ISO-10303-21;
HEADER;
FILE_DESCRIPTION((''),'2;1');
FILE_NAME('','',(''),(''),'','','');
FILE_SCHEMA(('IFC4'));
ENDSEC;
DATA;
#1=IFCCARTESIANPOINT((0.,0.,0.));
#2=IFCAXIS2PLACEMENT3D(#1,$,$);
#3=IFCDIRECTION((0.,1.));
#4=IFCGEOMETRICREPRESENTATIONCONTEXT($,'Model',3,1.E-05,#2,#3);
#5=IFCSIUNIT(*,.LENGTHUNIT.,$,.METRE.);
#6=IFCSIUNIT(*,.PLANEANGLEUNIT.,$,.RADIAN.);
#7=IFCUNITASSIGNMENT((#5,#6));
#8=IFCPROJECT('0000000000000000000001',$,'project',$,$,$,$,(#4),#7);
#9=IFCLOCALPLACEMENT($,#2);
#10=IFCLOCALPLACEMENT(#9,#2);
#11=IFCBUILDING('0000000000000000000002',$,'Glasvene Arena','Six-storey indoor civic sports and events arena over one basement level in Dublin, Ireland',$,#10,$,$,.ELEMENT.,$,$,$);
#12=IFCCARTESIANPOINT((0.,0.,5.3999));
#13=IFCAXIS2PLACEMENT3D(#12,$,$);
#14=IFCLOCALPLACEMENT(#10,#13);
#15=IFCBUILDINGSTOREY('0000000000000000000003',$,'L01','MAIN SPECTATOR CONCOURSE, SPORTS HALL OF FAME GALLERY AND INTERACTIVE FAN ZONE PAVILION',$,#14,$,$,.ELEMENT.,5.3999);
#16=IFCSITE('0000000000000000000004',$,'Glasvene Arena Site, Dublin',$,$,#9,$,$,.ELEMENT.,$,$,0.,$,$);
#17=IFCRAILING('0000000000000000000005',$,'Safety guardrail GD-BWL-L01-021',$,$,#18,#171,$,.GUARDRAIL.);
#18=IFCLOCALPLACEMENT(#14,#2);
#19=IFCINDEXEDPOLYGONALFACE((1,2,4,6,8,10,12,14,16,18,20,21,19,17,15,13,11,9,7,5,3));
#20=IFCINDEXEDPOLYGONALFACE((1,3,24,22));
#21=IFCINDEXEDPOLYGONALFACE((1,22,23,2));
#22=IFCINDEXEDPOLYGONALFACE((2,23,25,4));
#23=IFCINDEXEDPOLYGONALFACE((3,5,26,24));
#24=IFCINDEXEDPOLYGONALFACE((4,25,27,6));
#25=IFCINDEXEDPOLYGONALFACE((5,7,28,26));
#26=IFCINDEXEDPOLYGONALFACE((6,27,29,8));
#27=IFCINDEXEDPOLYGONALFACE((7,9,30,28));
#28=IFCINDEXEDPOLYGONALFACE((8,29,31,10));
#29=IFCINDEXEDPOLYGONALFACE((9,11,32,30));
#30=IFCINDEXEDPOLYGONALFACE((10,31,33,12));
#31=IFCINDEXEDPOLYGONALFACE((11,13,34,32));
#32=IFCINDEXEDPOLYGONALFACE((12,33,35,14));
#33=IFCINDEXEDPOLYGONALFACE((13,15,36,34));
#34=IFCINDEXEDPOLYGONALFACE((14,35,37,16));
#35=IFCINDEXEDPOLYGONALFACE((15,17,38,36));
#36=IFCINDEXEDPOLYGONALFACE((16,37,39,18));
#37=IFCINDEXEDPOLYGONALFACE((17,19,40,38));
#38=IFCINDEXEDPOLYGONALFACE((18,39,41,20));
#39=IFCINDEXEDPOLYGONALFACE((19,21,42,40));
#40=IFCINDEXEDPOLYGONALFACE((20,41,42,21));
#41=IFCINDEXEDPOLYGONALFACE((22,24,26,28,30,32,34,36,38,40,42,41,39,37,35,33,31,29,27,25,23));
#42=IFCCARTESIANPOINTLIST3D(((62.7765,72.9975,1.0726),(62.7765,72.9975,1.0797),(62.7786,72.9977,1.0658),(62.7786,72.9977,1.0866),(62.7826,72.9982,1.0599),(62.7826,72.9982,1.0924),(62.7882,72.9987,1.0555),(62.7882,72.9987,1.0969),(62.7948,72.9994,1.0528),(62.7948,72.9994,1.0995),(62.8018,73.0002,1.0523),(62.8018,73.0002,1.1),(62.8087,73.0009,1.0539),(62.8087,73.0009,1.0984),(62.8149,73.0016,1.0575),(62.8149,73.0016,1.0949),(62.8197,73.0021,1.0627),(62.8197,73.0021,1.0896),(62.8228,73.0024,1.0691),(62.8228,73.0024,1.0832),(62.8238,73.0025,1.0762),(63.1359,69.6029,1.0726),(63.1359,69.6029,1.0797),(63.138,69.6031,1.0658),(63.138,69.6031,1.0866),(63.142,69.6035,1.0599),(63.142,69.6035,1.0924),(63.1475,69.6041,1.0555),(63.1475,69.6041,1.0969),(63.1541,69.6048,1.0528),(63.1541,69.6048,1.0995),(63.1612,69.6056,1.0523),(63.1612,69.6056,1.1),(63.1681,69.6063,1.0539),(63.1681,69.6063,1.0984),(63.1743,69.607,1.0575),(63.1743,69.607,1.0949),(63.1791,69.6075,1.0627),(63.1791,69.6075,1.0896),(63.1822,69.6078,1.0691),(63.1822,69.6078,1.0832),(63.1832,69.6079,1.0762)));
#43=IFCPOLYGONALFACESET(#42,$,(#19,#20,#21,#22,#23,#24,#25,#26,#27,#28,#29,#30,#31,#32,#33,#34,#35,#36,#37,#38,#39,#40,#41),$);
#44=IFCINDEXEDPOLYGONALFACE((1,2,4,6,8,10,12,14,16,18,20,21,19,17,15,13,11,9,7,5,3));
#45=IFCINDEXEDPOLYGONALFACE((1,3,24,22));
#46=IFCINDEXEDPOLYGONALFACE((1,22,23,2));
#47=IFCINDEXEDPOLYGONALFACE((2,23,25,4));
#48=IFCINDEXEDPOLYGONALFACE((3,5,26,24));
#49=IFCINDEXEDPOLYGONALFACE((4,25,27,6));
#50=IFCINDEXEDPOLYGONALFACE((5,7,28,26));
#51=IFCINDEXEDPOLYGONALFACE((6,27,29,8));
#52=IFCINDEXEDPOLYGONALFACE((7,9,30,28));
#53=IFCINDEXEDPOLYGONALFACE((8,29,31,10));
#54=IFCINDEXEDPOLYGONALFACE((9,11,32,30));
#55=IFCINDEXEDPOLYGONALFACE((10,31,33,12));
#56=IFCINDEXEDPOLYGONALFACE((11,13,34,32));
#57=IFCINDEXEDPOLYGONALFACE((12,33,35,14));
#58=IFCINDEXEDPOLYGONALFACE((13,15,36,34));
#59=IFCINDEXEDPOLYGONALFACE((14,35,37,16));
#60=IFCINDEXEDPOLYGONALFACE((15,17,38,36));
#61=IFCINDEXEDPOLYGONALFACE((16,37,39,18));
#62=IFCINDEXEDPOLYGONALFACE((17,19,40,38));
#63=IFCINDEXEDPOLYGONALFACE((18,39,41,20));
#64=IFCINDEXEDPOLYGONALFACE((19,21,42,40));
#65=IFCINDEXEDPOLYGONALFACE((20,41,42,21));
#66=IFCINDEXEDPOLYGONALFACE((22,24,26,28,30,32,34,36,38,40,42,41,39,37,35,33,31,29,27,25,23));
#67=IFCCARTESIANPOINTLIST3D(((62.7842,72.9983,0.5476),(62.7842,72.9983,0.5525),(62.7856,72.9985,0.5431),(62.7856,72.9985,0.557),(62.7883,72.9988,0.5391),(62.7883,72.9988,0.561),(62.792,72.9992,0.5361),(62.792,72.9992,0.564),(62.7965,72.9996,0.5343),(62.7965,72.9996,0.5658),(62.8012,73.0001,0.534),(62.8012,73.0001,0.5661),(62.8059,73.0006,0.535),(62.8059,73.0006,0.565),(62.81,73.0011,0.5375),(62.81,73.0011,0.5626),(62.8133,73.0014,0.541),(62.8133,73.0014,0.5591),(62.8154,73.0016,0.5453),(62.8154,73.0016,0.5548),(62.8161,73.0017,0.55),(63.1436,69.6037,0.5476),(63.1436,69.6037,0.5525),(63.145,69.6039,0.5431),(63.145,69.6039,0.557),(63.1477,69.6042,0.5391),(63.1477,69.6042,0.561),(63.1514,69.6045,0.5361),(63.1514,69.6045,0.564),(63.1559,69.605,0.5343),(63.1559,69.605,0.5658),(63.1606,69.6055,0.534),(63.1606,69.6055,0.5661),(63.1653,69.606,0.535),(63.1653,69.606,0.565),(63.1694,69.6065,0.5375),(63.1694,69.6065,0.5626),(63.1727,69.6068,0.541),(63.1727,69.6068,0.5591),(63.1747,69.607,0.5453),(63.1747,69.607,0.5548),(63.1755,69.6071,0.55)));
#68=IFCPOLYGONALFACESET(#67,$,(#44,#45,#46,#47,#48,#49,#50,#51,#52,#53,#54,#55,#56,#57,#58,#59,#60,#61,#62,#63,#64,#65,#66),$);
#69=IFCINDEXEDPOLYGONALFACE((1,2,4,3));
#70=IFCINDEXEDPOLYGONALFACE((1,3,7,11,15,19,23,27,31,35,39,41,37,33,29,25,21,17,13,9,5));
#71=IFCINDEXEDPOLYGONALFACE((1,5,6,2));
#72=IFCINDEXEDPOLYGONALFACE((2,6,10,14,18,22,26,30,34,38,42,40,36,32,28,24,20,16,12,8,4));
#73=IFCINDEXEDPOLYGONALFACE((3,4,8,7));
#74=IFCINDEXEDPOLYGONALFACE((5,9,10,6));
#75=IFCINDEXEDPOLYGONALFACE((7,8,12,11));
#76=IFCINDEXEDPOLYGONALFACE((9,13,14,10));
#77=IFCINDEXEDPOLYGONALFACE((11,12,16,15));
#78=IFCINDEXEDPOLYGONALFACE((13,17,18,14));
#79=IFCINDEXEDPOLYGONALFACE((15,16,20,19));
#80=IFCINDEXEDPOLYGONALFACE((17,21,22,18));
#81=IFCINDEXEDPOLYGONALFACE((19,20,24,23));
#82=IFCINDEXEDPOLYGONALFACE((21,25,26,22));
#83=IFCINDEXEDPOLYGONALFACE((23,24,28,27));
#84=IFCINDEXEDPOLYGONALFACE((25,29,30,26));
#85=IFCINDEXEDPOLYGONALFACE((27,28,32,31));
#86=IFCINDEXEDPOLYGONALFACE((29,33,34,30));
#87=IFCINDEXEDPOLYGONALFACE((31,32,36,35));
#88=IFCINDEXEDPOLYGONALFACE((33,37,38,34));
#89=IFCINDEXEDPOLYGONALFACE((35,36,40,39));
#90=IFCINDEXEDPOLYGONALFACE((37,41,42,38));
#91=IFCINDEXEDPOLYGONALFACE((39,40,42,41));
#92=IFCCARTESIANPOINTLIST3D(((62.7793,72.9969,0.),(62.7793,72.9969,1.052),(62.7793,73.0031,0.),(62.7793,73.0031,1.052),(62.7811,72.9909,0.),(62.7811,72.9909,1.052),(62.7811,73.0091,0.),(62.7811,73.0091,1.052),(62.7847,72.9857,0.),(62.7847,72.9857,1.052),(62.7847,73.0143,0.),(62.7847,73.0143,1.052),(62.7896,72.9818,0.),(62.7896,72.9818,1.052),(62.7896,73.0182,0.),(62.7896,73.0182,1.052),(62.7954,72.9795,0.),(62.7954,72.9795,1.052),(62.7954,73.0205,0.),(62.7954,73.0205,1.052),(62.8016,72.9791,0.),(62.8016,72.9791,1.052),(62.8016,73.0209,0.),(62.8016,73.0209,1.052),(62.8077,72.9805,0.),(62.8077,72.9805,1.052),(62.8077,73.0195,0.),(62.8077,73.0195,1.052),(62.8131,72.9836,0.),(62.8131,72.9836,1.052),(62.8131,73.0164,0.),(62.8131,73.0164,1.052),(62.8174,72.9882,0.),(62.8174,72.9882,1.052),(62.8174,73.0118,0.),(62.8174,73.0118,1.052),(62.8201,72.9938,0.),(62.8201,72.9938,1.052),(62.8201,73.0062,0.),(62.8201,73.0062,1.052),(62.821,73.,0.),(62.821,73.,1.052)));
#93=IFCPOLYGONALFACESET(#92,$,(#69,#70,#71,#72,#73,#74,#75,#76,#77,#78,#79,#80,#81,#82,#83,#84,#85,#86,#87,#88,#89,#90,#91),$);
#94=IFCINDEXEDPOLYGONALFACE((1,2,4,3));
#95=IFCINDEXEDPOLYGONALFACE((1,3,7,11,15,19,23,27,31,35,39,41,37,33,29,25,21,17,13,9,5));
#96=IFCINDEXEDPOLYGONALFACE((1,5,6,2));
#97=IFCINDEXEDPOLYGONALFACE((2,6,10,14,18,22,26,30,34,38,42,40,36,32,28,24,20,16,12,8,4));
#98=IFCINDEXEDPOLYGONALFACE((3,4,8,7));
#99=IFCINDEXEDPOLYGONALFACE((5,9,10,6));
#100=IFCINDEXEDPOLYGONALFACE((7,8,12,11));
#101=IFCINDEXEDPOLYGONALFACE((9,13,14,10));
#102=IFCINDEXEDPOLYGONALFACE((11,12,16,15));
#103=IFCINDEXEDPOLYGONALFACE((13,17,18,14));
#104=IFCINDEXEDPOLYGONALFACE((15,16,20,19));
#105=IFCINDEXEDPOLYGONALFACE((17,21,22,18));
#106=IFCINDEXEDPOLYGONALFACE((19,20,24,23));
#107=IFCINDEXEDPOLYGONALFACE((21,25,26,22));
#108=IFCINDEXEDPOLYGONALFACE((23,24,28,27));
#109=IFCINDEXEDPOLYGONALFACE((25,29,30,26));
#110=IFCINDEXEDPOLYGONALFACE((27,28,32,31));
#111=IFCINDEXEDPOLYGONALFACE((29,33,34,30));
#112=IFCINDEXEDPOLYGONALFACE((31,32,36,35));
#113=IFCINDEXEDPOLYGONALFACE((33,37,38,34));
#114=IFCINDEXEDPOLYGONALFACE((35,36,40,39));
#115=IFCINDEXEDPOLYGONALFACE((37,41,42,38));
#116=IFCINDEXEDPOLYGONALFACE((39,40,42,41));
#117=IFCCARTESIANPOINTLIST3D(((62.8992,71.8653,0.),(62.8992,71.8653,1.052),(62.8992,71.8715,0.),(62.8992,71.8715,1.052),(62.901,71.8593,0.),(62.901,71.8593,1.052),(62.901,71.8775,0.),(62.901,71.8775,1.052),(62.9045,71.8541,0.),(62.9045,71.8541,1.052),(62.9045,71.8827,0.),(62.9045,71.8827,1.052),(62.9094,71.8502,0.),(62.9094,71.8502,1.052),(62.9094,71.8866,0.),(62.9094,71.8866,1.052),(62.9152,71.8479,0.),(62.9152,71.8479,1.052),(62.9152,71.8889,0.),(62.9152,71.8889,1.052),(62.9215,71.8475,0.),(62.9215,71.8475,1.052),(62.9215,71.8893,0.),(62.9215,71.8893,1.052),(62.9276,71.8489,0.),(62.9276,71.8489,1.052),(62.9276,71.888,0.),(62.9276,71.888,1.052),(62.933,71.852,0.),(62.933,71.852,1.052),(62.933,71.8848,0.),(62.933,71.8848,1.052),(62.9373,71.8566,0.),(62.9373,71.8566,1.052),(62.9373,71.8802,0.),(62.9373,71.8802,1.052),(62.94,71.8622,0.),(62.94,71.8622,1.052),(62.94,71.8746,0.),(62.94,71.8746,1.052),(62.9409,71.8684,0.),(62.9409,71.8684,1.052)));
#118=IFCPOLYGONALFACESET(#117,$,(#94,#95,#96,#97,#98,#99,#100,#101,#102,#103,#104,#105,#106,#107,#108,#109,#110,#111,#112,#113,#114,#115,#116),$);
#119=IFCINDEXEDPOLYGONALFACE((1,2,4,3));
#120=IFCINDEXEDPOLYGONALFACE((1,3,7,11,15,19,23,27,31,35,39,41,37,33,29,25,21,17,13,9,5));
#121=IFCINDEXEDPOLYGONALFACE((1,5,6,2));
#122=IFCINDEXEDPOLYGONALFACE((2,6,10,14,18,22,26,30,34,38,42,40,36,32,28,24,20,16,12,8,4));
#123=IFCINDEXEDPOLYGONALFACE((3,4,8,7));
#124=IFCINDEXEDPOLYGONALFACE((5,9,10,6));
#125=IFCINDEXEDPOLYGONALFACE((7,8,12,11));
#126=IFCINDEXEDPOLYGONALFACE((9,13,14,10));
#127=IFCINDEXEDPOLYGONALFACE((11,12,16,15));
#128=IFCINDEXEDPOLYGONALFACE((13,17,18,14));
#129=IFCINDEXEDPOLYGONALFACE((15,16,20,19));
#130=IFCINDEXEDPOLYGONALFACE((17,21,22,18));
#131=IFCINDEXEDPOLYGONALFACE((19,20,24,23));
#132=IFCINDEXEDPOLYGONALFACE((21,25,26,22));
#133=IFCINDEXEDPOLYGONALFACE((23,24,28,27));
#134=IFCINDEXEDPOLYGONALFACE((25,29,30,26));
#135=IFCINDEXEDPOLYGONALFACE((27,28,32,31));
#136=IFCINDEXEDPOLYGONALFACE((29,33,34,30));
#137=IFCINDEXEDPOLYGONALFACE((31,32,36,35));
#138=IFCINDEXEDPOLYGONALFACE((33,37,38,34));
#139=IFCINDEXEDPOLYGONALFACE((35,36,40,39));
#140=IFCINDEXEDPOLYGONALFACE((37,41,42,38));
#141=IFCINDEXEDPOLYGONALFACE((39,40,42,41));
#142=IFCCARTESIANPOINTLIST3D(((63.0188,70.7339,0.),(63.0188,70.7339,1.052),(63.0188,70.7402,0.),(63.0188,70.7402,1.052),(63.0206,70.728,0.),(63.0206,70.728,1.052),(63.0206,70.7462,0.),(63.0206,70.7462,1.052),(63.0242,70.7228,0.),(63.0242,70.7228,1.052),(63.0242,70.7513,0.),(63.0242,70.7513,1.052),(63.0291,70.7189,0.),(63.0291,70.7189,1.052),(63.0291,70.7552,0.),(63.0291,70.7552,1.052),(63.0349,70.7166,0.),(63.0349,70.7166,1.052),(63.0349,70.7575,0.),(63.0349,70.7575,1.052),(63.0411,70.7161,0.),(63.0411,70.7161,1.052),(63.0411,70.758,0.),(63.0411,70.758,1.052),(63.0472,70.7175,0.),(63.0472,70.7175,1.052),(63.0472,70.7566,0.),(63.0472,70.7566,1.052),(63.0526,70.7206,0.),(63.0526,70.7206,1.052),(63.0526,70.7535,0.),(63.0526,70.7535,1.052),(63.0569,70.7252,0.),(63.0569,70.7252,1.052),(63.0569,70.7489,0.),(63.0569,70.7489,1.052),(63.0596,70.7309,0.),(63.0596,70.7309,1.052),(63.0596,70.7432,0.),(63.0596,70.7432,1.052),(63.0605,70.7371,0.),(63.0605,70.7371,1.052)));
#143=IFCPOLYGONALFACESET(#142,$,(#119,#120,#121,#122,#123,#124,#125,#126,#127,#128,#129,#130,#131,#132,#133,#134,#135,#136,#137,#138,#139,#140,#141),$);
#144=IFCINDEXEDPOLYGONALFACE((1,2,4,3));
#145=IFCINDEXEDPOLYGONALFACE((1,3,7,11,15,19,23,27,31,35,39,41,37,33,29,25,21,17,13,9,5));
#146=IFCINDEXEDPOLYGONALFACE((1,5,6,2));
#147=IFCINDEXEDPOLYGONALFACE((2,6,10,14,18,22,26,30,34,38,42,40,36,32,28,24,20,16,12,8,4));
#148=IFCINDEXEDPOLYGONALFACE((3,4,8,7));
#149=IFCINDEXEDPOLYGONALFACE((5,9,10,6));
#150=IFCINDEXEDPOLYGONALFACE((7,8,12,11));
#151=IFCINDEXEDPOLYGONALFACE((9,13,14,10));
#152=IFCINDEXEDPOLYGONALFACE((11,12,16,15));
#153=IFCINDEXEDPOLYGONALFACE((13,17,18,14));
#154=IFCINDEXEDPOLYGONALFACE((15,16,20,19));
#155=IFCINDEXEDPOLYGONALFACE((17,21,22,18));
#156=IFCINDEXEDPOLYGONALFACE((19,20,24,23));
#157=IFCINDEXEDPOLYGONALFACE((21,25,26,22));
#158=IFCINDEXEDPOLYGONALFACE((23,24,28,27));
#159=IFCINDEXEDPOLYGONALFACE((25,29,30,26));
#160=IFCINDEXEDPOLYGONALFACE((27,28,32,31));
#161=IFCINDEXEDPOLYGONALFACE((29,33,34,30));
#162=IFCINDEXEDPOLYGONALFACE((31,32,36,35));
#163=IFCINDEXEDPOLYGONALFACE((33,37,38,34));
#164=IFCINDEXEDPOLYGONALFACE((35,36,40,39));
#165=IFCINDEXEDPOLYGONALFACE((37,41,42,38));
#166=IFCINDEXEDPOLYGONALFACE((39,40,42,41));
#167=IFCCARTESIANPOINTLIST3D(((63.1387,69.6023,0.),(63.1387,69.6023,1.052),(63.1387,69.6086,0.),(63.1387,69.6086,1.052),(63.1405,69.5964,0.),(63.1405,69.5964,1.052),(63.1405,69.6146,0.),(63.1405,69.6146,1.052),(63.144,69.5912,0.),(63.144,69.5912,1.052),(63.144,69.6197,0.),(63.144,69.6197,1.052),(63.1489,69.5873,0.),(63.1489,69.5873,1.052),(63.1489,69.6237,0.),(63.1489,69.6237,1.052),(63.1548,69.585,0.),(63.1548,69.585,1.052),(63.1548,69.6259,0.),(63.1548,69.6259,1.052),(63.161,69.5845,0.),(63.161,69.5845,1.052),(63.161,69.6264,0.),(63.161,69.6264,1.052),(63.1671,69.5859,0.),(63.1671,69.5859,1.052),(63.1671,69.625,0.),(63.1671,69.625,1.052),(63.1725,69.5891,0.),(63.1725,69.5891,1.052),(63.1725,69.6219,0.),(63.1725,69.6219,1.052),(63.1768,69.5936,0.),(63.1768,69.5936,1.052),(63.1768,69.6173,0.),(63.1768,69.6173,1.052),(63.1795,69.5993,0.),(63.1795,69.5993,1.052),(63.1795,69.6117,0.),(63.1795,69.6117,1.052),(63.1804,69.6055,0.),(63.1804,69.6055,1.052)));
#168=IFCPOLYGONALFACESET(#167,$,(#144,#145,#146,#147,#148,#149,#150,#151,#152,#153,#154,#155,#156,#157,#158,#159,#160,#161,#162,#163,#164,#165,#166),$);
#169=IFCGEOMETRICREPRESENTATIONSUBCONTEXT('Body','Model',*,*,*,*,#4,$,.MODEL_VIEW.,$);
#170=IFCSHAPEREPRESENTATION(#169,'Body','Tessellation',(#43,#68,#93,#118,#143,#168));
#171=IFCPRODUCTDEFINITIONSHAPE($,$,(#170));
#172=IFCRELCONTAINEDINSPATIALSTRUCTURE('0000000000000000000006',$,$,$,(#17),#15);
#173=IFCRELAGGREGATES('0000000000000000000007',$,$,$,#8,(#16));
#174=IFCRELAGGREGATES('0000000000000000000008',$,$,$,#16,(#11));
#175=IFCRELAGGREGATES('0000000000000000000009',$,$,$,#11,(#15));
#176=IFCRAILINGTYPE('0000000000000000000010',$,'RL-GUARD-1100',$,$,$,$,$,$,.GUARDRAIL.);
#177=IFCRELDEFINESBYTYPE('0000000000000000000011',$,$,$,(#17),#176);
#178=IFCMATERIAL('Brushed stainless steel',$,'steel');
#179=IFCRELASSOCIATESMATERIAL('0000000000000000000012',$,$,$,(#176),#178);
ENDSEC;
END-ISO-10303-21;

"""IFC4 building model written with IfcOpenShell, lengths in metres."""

from ifc_helpers import new_model, si_unit, direction, frame, origin, origin_2d, place, context, subcontext, project, spatial, circle, extrude, material, type_object, element, save


model = new_model("IFC4")

# Units and contexts
model_context = context("Model", 3, precision=1e-05, world=origin(), true_north=direction((0.0, 1.0)))
body_context = subcontext(model_context, "Body", "Model", "MODEL_VIEW")
ifc_project = project(units=[si_unit("LENGTHUNIT", "METRE"), si_unit("PLANEANGLEUNIT", "RADIAN")], contexts=[model_context])

# Site, building, storey
site_placement = place(None, origin())
site = spatial("IfcSite", under=ifc_project, at=site_placement, Name="Glasvene Arena Site, Dublin", CompositionType="ELEMENT", RefElevation=0.0)
building_placement = place(site_placement, origin())
building = spatial("IfcBuilding", under=site, at=building_placement, Name="Glasvene Arena", Description="Six-storey indoor civic sports and events arena over one basement level in Dublin, Ireland", CompositionType="ELEMENT")
storey_placement = place(building_placement, frame((0.0, 0.0, 5.3999)))
storey = spatial("IfcBuildingStorey", under=building, at=storey_placement, Name="L01", Description="MAIN SPECTATOR CONCOURSE, SPORTS HALL OF FAME GALLERY AND INTERACTIVE FAN ZONE PAVILION", CompositionType="ELEMENT", Elevation=5.3999)

# Railing
ifc_material_1 = material(Name="Brushed stainless steel", Category="steel")
railing_type = type_object("IfcRailingType", Name="RL-GUARD-1100", PredefinedType="GUARDRAIL", material=ifc_material_1)
railing_1_placement = place(storey_placement, frame((62.8, 73.0, 0.0)))
element("IfcRailing", 1, at=railing_1_placement, inside=storey, type_object=railing_type, Name="Safety guardrail GD-BWL-L01-021", PredefinedType="GUARDRAIL", context=body_context, shape_type="SweptSolid", body=[
    extrude(circle(Radius=0.0239, at=origin_2d()), frame((0.0, 0.0, 1.0762), z_axis=(0.10528, -0.994443, 0.0), x_axis=(0.994443, 0.10528, 0.0)), (0.0, 0.0, 1.0), 3.4136),
    extrude(circle(Radius=0.0161, at=origin_2d()), frame((0.0, 0.0, 0.55), z_axis=(0.10528, -0.994443, 0.0), x_axis=(0.994443, 0.10528, 0.0)), (0.0, 0.0, 1.0), 3.4136),
    extrude(circle(Radius=0.021, at=origin_2d()), origin(), (0.0, 0.0, 1.0), 1.052),
    extrude(circle(Radius=0.021, at=origin_2d()), frame((0.1199, -1.1316, 0.0)), (0.0, 0.0, 1.0), 1.052),
    extrude(circle(Radius=0.021, at=origin_2d()), frame((0.2395, -2.2629, 0.0)), (0.0, 0.0, 1.0), 1.052),
    extrude(circle(Radius=0.021, at=origin_2d()), frame((0.3594, -3.3945, 0.0)), (0.0, 0.0, 1.0), 1.052),
])

save(model, "model.ifc")
